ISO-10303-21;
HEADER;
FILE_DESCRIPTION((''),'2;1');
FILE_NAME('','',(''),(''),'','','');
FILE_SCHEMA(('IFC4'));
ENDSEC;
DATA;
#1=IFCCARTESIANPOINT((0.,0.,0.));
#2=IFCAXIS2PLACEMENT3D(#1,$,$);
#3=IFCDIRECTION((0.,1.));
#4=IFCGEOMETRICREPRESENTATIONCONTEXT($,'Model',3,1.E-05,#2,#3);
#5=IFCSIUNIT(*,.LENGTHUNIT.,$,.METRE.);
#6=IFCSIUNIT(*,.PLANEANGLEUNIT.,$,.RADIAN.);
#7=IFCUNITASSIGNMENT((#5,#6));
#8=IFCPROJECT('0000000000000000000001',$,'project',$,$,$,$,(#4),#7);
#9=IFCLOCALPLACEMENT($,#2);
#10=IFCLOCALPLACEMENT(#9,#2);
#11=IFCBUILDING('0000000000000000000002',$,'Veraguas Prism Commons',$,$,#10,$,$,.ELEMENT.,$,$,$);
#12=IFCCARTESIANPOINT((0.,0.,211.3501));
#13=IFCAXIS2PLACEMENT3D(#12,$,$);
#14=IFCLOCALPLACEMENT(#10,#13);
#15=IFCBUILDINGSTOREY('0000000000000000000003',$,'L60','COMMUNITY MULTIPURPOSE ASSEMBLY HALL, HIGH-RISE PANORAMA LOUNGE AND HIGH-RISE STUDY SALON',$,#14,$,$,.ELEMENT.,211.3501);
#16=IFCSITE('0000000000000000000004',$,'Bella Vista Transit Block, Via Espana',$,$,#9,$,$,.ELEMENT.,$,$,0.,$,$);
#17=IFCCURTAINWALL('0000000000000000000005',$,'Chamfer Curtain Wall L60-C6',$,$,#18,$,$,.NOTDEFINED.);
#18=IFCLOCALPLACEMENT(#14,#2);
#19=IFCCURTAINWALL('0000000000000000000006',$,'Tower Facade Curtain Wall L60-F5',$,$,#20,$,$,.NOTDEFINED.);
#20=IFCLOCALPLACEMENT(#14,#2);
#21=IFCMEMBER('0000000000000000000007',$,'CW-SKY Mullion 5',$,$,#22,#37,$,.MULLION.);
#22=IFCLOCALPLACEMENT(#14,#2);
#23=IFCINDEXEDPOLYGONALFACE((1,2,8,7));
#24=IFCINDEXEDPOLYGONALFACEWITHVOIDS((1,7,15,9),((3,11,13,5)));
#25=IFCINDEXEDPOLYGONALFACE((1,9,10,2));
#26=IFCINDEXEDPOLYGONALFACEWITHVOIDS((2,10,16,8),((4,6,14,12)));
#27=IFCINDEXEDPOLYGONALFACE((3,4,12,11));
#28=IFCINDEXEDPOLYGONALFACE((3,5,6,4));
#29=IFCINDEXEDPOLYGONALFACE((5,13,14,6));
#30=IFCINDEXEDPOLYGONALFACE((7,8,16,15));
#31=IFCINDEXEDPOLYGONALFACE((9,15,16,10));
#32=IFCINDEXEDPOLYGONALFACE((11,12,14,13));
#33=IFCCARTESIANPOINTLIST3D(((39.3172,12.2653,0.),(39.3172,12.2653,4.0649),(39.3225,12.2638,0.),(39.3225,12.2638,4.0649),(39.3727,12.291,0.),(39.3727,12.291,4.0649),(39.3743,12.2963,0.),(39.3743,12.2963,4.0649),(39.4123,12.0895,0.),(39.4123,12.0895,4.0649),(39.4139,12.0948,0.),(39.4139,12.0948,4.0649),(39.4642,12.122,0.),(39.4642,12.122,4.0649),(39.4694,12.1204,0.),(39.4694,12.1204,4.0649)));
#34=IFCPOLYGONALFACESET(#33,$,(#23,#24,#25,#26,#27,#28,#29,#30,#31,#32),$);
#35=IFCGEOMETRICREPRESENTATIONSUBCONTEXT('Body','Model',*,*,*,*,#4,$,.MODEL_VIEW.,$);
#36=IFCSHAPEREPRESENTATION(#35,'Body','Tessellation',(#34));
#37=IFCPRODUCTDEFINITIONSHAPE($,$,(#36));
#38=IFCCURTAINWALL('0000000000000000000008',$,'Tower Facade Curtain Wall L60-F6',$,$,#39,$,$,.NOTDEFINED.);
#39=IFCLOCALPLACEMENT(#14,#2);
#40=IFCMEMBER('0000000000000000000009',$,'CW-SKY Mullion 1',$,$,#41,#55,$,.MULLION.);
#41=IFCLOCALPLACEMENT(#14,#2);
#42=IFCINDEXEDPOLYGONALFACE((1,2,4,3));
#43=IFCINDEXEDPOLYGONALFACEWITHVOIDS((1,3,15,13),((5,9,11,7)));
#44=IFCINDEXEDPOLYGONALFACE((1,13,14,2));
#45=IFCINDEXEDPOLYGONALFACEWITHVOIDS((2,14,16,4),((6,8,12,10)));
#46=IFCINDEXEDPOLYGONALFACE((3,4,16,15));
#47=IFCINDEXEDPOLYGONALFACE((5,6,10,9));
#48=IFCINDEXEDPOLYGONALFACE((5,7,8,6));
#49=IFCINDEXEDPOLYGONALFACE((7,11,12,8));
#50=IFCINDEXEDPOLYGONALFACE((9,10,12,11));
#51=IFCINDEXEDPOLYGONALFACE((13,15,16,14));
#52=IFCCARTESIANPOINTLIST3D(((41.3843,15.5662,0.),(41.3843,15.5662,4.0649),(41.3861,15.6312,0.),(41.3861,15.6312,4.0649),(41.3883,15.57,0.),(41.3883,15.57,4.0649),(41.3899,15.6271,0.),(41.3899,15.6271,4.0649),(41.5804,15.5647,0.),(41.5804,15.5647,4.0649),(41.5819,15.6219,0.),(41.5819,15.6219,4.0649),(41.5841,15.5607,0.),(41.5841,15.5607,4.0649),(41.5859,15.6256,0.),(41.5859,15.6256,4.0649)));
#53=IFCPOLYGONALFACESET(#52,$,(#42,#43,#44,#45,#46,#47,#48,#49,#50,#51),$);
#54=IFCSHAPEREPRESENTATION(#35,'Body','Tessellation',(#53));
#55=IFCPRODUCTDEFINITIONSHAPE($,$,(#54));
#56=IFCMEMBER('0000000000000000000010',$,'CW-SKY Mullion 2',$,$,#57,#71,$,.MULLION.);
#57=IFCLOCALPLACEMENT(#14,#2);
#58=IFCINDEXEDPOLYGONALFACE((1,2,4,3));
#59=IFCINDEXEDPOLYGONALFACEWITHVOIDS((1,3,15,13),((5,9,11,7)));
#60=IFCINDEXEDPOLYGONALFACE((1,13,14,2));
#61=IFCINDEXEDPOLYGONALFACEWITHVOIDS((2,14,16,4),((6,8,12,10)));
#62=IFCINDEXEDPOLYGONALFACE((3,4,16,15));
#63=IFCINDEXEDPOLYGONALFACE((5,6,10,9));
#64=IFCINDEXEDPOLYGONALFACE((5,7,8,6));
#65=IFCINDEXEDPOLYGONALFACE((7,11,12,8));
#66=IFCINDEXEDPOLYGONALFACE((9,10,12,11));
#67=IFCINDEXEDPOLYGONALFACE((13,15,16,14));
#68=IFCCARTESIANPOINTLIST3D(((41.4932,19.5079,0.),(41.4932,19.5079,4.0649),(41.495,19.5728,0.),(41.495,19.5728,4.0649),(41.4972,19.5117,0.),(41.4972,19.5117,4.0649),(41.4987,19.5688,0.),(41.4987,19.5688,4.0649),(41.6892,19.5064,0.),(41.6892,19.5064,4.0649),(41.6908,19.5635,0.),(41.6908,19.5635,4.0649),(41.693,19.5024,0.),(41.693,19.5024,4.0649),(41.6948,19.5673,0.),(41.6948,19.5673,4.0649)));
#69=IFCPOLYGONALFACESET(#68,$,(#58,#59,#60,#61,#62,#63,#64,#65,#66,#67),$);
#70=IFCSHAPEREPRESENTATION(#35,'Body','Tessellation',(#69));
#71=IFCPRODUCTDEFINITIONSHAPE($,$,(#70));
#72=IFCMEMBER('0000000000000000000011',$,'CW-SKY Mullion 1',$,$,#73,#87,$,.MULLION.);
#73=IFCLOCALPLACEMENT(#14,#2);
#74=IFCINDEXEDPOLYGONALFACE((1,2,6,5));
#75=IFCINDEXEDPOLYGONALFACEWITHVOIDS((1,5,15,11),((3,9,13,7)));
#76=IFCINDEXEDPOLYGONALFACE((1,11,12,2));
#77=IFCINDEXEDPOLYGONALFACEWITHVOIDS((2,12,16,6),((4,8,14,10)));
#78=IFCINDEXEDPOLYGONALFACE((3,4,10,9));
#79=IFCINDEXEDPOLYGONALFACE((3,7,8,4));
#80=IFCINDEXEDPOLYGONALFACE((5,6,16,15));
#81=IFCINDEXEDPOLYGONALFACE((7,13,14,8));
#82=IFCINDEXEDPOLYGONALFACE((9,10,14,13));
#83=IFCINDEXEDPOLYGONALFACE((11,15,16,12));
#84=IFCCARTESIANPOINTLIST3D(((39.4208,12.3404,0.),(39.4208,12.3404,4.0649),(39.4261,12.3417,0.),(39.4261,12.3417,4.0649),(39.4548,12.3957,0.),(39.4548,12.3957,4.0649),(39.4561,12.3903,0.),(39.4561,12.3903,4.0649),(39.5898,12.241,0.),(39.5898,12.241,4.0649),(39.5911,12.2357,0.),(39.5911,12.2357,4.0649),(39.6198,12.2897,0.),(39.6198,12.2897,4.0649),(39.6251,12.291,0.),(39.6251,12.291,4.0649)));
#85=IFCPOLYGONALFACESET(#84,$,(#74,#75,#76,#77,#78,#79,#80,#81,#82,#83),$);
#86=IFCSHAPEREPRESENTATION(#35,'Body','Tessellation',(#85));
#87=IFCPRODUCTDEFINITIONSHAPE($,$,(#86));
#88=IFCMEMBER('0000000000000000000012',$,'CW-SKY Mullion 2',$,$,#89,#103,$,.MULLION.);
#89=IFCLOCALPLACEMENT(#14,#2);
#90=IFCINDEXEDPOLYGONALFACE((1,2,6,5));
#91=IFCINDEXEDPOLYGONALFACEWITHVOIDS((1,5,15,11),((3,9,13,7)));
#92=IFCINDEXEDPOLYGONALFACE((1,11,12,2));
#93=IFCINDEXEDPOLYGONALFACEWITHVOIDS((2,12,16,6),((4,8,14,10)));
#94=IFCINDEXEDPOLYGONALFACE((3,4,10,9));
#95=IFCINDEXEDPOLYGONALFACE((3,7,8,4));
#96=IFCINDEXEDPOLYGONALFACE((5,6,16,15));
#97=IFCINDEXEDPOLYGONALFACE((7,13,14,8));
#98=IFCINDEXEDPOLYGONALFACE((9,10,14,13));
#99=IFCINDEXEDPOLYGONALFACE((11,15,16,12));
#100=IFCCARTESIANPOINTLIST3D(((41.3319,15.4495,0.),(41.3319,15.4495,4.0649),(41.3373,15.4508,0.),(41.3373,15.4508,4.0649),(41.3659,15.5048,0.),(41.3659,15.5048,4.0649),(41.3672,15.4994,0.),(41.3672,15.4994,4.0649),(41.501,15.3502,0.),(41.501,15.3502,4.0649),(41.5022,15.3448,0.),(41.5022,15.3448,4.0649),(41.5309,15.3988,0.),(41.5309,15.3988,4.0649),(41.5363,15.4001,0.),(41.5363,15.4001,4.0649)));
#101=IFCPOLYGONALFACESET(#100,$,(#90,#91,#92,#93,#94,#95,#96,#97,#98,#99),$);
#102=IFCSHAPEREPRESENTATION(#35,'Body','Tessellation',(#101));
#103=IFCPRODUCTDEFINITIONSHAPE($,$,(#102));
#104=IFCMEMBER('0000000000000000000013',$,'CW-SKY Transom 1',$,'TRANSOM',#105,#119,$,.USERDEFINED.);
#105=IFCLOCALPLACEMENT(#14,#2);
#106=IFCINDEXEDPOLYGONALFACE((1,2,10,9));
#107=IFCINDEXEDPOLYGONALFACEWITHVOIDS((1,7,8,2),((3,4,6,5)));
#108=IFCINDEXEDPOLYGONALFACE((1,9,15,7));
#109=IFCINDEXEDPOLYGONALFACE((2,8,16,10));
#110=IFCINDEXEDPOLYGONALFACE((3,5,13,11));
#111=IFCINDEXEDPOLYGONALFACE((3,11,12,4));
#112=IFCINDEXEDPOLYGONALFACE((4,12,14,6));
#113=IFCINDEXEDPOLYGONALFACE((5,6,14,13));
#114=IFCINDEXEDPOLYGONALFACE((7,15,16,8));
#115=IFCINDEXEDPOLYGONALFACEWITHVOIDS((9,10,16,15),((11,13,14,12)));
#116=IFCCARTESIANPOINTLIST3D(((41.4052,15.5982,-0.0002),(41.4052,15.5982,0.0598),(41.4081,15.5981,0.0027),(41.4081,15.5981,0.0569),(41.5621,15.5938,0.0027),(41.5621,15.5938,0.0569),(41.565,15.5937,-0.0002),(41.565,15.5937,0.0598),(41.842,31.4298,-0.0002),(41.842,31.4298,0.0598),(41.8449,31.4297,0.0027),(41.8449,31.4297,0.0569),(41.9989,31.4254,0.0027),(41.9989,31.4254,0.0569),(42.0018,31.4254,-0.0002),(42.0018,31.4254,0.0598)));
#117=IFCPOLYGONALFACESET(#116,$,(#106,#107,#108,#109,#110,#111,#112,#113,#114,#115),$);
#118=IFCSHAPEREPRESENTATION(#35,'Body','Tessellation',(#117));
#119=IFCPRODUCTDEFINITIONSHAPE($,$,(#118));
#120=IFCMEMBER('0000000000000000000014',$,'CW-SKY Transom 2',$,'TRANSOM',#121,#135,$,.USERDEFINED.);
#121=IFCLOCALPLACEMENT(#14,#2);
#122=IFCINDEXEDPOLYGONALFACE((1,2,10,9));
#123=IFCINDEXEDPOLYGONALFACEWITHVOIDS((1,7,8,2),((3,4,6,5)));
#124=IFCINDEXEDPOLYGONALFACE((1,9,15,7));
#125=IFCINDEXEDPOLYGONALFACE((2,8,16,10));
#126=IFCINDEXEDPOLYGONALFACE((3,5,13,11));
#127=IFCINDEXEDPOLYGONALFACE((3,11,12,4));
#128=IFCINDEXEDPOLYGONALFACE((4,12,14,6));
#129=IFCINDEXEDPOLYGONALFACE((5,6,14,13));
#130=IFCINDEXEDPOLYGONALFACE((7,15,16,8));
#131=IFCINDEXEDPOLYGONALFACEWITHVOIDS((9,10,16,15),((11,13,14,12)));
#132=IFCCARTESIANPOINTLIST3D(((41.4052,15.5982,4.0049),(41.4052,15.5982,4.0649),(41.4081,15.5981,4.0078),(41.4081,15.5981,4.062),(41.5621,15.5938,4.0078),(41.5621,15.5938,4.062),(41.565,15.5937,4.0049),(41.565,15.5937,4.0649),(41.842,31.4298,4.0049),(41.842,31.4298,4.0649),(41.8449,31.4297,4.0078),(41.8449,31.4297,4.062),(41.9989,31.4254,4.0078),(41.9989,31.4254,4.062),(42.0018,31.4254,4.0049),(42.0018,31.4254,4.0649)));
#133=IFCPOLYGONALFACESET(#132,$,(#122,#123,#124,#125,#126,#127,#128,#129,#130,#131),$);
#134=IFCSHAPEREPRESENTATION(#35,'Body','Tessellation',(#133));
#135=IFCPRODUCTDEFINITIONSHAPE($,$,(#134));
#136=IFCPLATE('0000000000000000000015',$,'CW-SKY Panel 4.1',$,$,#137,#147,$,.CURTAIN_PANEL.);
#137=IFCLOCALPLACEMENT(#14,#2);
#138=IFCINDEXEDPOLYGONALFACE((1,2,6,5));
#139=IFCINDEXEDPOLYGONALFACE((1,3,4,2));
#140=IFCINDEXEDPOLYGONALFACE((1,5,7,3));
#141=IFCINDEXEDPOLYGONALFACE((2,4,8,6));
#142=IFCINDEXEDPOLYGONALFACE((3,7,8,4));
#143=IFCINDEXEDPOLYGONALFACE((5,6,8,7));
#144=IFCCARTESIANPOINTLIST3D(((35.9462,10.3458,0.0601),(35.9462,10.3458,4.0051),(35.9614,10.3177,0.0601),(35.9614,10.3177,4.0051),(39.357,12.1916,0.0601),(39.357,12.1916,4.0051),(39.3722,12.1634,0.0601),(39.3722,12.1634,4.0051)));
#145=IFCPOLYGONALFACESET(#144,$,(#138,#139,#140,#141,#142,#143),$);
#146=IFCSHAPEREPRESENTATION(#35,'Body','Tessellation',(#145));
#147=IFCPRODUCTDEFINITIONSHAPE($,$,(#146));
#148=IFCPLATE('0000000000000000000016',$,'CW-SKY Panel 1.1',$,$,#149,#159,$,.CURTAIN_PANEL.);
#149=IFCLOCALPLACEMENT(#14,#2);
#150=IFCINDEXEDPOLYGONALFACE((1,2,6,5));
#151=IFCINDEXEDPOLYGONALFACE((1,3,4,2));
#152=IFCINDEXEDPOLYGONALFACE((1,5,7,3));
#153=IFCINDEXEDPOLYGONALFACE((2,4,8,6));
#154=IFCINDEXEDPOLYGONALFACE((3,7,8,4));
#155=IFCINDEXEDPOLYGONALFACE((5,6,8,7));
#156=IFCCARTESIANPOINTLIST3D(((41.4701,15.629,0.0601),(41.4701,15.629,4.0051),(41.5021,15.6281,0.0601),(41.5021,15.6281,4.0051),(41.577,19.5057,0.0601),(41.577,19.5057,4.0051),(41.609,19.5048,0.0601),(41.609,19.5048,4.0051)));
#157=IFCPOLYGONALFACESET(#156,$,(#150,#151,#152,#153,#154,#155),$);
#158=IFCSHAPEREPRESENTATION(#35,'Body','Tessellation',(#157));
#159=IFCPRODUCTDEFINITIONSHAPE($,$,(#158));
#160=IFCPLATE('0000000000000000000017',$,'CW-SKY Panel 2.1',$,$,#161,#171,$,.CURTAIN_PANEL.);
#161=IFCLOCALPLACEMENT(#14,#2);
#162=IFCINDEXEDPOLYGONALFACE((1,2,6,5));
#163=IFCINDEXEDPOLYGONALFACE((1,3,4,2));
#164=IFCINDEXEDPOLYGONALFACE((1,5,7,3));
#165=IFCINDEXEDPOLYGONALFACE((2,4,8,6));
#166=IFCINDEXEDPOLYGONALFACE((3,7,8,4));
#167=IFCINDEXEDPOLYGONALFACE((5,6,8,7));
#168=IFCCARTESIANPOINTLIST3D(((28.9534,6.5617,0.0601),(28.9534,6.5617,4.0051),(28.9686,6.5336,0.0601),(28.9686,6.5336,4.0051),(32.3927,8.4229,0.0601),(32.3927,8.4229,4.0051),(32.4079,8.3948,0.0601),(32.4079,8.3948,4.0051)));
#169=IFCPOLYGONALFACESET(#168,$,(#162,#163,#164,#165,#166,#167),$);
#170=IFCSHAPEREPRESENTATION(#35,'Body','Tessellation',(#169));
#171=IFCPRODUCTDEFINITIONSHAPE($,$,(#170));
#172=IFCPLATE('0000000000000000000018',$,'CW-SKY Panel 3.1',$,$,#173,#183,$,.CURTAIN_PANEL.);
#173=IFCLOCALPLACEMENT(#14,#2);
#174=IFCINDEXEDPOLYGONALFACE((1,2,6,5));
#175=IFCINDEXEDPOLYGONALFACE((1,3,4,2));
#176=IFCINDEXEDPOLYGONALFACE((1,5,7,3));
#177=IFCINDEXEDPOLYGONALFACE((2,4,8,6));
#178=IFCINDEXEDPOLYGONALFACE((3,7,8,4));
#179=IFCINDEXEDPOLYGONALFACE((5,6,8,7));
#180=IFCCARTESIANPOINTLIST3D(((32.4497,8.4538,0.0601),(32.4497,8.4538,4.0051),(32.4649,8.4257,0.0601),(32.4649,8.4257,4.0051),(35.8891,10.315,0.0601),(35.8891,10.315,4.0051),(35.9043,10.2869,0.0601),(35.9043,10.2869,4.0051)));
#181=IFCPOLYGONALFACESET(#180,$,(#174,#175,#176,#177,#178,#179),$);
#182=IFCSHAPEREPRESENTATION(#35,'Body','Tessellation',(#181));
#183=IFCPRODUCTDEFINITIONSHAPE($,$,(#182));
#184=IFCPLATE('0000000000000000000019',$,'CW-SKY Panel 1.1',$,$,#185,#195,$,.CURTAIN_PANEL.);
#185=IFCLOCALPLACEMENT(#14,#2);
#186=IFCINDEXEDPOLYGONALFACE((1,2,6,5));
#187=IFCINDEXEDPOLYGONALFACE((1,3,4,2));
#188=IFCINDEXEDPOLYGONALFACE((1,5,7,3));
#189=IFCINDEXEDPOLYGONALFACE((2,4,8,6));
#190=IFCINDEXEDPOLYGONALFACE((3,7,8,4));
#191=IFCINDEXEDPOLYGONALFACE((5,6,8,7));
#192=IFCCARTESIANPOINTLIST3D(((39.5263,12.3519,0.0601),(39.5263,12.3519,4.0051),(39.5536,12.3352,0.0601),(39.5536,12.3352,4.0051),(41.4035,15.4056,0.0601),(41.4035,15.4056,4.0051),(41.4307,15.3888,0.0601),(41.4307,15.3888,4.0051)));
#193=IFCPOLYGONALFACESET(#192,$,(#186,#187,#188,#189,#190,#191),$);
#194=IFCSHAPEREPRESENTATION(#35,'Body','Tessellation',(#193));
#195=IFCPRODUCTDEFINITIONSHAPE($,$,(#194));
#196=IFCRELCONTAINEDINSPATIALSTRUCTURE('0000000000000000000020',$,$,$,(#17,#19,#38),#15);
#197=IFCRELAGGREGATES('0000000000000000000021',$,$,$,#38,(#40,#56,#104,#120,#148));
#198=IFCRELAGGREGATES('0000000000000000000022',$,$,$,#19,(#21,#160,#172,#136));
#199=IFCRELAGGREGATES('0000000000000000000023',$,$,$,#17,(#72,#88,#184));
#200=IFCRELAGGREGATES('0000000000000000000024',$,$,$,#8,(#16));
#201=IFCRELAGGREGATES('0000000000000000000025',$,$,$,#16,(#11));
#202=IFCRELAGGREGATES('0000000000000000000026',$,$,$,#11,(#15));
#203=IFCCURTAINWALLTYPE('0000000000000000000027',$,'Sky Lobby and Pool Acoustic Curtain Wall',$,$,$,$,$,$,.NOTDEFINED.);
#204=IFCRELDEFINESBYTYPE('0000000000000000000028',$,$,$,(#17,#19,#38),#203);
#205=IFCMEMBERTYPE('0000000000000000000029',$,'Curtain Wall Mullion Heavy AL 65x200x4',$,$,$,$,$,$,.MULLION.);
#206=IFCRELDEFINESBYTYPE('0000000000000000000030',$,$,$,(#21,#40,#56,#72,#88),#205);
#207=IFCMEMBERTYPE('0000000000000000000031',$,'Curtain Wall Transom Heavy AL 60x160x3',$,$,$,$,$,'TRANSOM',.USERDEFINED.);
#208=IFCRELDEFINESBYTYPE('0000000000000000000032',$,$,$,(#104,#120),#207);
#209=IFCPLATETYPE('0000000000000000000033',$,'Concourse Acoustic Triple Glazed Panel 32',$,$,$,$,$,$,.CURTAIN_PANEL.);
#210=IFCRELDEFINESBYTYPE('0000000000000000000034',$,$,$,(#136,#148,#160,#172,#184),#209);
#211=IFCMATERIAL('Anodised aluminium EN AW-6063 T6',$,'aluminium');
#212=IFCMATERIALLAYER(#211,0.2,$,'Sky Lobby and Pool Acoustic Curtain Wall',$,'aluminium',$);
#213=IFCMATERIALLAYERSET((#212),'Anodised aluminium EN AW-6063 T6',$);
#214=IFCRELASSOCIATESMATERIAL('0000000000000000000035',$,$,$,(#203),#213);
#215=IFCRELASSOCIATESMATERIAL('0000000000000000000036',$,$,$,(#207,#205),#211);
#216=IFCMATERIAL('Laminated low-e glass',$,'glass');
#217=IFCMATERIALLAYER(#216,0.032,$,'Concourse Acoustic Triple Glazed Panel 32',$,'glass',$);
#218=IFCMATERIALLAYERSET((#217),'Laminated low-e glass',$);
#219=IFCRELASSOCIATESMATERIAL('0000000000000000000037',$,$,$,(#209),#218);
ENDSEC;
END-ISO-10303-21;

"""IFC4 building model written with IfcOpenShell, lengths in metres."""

from ifc_helpers import new_model, si_unit, direction, frame, origin, origin_2d, place, context, subcontext, project, spatial, rectangle, hollow_rectangle, extrude, source, transform, mapped, material, layer, layer_set, material_profile, profile_set, type_object, element, aggregate, save


model = new_model("IFC4")

# Units and contexts
model_context = context("Model", 3, precision=1e-05, world=origin(), true_north=direction((0.0, 1.0)))
body_context = subcontext(model_context, "Body", "Model", "MODEL_VIEW")
ifc_project = project(units=[si_unit("LENGTHUNIT", "METRE"), si_unit("PLANEANGLEUNIT", "RADIAN")], contexts=[model_context])

# Site, building, storey
site_placement = place(None, origin())
site = spatial("IfcSite", under=ifc_project, at=site_placement, Name="Bella Vista Transit Block, Via Espana", CompositionType="ELEMENT", RefElevation=0.0)
building_placement = place(site_placement, origin())
building = spatial("IfcBuilding", under=site, at=building_placement, Name="Veraguas Prism Commons", CompositionType="ELEMENT")
storey_placement = place(building_placement, frame((0.0, 0.0, 211.3501)))
storey = spatial("IfcBuildingStorey", under=building, at=storey_placement, Name="L60", Description="COMMUNITY MULTIPURPOSE ASSEMBLY HALL, HIGH-RISE PANORAMA LOUNGE AND HIGH-RISE STUDY SALON", CompositionType="ELEMENT", Elevation=211.3501)

# Curtain walls, members
ifc_material_1 = material(Name="Anodised aluminium EN AW-6063 T6", Category="aluminium")
ifc_layer_1 = layer(ifc_material_1, 0.2, Name="Sky Lobby and Pool Acoustic Curtain Wall", Category="aluminium")
ifc_layer_set_1 = layer_set([ifc_layer_1], Name="Anodised aluminium EN AW-6063 T6")
curtain_wall_type = type_object("IfcCurtainWallType", Name="Sky Lobby and Pool Acoustic Curtain Wall", PredefinedType="NOTDEFINED", material=ifc_layer_set_1)
curtain_wall_1_placement = place(storey_placement, origin())
curtain_wall_1 = element("IfcCurtainWall", 1, at=curtain_wall_1_placement, inside=storey, type_object=curtain_wall_type, Name="Chamfer Curtain Wall L60-C6", PredefinedType="NOTDEFINED")
ifc_material_profile_1 = material_profile(ifc_material_1, hollow_rectangle(XDim=0.0601, YDim=0.1599, WallThickness=0.0029, at=origin_2d()), Name="AL60X160X3")
ifc_profile_set_1 = profile_set([ifc_material_profile_1], Name="Anodised aluminium EN AW-6063 T6")
member_type_1 = type_object("IfcMemberType", Name="Curtain Wall Transom Heavy AL 60x160x3", ElementType="TRANSOM", PredefinedType="USERDEFINED", material=ifc_profile_set_1)
curtain_wall_2_placement = place(storey_placement, origin())
curtain_wall_2 = element("IfcCurtainWall", 2, at=curtain_wall_2_placement, inside=storey, type_object=curtain_wall_type, Name="Tower Facade Curtain Wall L60-F5", PredefinedType="NOTDEFINED")
ifc_material_profile_2 = material_profile(ifc_material_1, hollow_rectangle(XDim=0.0649, YDim=0.2, WallThickness=0.0039, at=origin_2d()), Name="AL65X200X4")
ifc_profile_set_2 = profile_set([ifc_material_profile_2], Name="Anodised aluminium EN AW-6063 T6")
member_type_2 = type_object("IfcMemberType", Name="Curtain Wall Mullion Heavy AL 65x200x4", PredefinedType="MULLION", material=ifc_profile_set_2)
shared_shape_1 = source(origin(), body_context, "Body", "SweptSolid", [
    extrude(hollow_rectangle(XDim=0.0649, YDim=0.2, WallThickness=0.0039, at=origin_2d()), origin(), (0.0, 0.0, 1.0), 4.0649),
])
member_1_placement = place(storey_placement, frame((39.3933, 12.1929, 0.0), z_axis=(0.0, 0.0, 1.0), x_axis=(0.879484, 0.475928, 0.0)))
member_1 = element("IfcMember", 3, at=member_1_placement, type_object=member_type_2, Name="CW-SKY Mullion 5", PredefinedType="MULLION", context=body_context, shape_type="MappedRepresentation", body=[
    mapped(shared_shape_1, transform((0.0, 0.0, 0.0), scale=1.0)),
])
curtain_wall_3_placement = place(storey_placement, origin())
curtain_wall_3 = element("IfcCurtainWall", 4, at=curtain_wall_3_placement, inside=storey, type_object=curtain_wall_type, Name="Tower Facade Curtain Wall L60-F6", PredefinedType="NOTDEFINED")
member_2_placement = place(storey_placement, frame((41.4851, 15.5959, 0.0), z_axis=(0.0, 0.0, 1.0), x_axis=(0.027567, 0.99962, 0.0)))
member_2 = element("IfcMember", 5, at=member_2_placement, type_object=member_type_2, Name="CW-SKY Mullion 1", PredefinedType="MULLION", context=body_context, shape_type="MappedRepresentation", body=[
    mapped(shared_shape_1, transform((0.0, 0.0, 0.0), scale=1.0)),
])
member_3_placement = place(storey_placement, frame((41.594, 19.5376, 0.0), z_axis=(0.0, 0.0, 1.0), x_axis=(0.027567, 0.99962, 0.0)))
member_3 = element("IfcMember", 6, at=member_3_placement, type_object=member_type_2, Name="CW-SKY Mullion 2", PredefinedType="MULLION", context=body_context, shape_type="MappedRepresentation", body=[
    mapped(shared_shape_1, transform((0.0, 0.0, 0.0), scale=1.0)),
])

# Members
member_4_placement = place(storey_placement, frame((39.5229, 12.3157, 0.0), z_axis=(0.0, 0.0, 1.0), x_axis=(0.523695, 0.851906, 0.0)))
member_4 = element("IfcMember", 7, at=member_4_placement, type_object=member_type_2, Name="CW-SKY Mullion 1", PredefinedType="MULLION", context=body_context, shape_type="MappedRepresentation", body=[
    mapped(shared_shape_1, transform((0.0, 0.0, 0.0), scale=1.0)),
])
member_5_placement = place(storey_placement, frame((41.4341, 15.4248, 0.0), z_axis=(0.0, 0.0, 1.0), x_axis=(0.523695, 0.851906, 0.0)))
member_5 = element("IfcMember", 8, at=member_5_placement, type_object=member_type_2, Name="CW-SKY Mullion 2", PredefinedType="MULLION", context=body_context, shape_type="MappedRepresentation", body=[
    mapped(shared_shape_1, transform((0.0, 0.0, 0.0), scale=1.0)),
])
shared_shape_2 = source(origin(), body_context, "Body", "SweptSolid", [
    extrude(hollow_rectangle(XDim=0.0601, YDim=0.1599, WallThickness=0.0029, at=origin_2d()), origin(), (0.0, 0.0, 1.0), 15.8376),
])
member_6_placement = place(storey_placement, frame((41.4851, 15.5959, 0.0298), z_axis=(0.027578, 0.99962, 0.0), x_axis=(0.0, 0.0, 1.0)))
member_6 = element("IfcMember", 9, at=member_6_placement, type_object=member_type_1, Name="CW-SKY Transom 1", ObjectType="TRANSOM", PredefinedType="USERDEFINED", context=body_context, shape_type="MappedRepresentation", body=[
    mapped(shared_shape_2, transform((0.0, 0.0, 0.0), scale=1.0)),
])
member_7_placement = place(storey_placement, frame((41.4851, 15.5959, 4.0349), z_axis=(0.027578, 0.99962, 0.0), x_axis=(0.0, 0.0, 1.0)))
member_7 = element("IfcMember", 10, at=member_7_placement, type_object=member_type_1, Name="CW-SKY Transom 2", ObjectType="TRANSOM", PredefinedType="USERDEFINED", context=body_context, shape_type="MappedRepresentation", body=[
    mapped(shared_shape_2, transform((0.0, 0.0, 0.0), scale=1.0)),
])

# Plates
ifc_material_2 = material(Name="Laminated low-e glass", Category="glass")
ifc_layer_2 = layer(ifc_material_2, 0.032, Name="Concourse Acoustic Triple Glazed Panel 32", Category="glass")
ifc_layer_set_2 = layer_set([ifc_layer_2], Name="Laminated low-e glass")
plate_type = type_object("IfcPlateType", Name="Concourse Acoustic Triple Glazed Panel 32", PredefinedType="CURTAIN_PANEL", material=ifc_layer_set_2)
shared_shape_3 = source(origin(), body_context, "Body", "SweptSolid", [
    extrude(rectangle(XDim=3.8782, YDim=0.032, at=origin_2d()), origin(), (0.0, 0.0, 1.0), 3.9451),
])
plate_1_placement = place(storey_placement, frame((37.6592, 11.2546, 0.0601), z_axis=(0.0, 0.0, 1.0), x_axis=(0.879484, 0.475928, 0.0)))
plate_1 = element("IfcPlate", 11, at=plate_1_placement, type_object=plate_type, Name="CW-SKY Panel 4.1", PredefinedType="CURTAIN_PANEL", context=body_context, shape_type="MappedRepresentation", body=[
    mapped(shared_shape_3, transform((0.0, 0.0, 0.0), scale=1.0)),
])
plate_2_placement = place(storey_placement, frame((41.5396, 17.5669, 0.0601), z_axis=(0.0, 0.0, 1.0), x_axis=(0.027567, 0.99962, 0.0)))
plate_2 = element("IfcPlate", 12, at=plate_2_placement, type_object=plate_type, Name="CW-SKY Panel 1.1", PredefinedType="CURTAIN_PANEL", context=body_context, shape_type="MappedRepresentation", body=[
    mapped(shared_shape_3, transform((0.0, 0.0, 0.0), scale=1.0)),
])
aggregate(curtain_wall_3, [member_2, member_3, member_6, member_7, plate_2])
shared_shape_4 = source(origin(), body_context, "Body", "SweptSolid", [
    extrude(rectangle(XDim=3.9106, YDim=0.032, at=origin_2d()), origin(), (0.0, 0.0, 1.0), 3.9451),
])
plate_3_placement = place(storey_placement, frame((30.6807, 7.4783, 0.0601), z_axis=(0.0, 0.0, 1.0), x_axis=(0.879484, 0.475928, 0.0)))
plate_3 = element("IfcPlate", 13, at=plate_3_placement, type_object=plate_type, Name="CW-SKY Panel 2.1", PredefinedType="CURTAIN_PANEL", context=body_context, shape_type="MappedRepresentation", body=[
    mapped(shared_shape_4, transform((0.0, 0.0, 0.0), scale=1.0)),
])
plate_4_placement = place(storey_placement, frame((34.177, 9.3704, 0.0601), z_axis=(0.0, 0.0, 1.0), x_axis=(0.879484, 0.475928, 0.0)))
plate_4 = element("IfcPlate", 14, at=plate_4_placement, type_object=plate_type, Name="CW-SKY Panel 3.1", PredefinedType="CURTAIN_PANEL", context=body_context, shape_type="MappedRepresentation", body=[
    mapped(shared_shape_4, transform((0.0, 0.0, 0.0), scale=1.0)),
])
aggregate(curtain_wall_2, [member_1, plate_3, plate_4, plate_1])
shared_shape_5 = source(origin(), body_context, "Body", "SweptSolid", [
    extrude(rectangle(XDim=3.5845, YDim=0.032, at=origin_2d()), origin(), (0.0, 0.0, 1.0), 3.9451),
])
plate_5_placement = place(storey_placement, frame((40.4785, 13.8704, 0.0601), z_axis=(0.0, 0.0, 1.0), x_axis=(0.523695, 0.851906, 0.0)))
plate_5 = element("IfcPlate", 15, at=plate_5_placement, type_object=plate_type, Name="CW-SKY Panel 1.1", PredefinedType="CURTAIN_PANEL", context=body_context, shape_type="MappedRepresentation", body=[
    mapped(shared_shape_5, transform((0.0, 0.0, 0.0), scale=1.0)),
])
aggregate(curtain_wall_1, [member_4, member_5, plate_5])

save(model, "model.ifc")
